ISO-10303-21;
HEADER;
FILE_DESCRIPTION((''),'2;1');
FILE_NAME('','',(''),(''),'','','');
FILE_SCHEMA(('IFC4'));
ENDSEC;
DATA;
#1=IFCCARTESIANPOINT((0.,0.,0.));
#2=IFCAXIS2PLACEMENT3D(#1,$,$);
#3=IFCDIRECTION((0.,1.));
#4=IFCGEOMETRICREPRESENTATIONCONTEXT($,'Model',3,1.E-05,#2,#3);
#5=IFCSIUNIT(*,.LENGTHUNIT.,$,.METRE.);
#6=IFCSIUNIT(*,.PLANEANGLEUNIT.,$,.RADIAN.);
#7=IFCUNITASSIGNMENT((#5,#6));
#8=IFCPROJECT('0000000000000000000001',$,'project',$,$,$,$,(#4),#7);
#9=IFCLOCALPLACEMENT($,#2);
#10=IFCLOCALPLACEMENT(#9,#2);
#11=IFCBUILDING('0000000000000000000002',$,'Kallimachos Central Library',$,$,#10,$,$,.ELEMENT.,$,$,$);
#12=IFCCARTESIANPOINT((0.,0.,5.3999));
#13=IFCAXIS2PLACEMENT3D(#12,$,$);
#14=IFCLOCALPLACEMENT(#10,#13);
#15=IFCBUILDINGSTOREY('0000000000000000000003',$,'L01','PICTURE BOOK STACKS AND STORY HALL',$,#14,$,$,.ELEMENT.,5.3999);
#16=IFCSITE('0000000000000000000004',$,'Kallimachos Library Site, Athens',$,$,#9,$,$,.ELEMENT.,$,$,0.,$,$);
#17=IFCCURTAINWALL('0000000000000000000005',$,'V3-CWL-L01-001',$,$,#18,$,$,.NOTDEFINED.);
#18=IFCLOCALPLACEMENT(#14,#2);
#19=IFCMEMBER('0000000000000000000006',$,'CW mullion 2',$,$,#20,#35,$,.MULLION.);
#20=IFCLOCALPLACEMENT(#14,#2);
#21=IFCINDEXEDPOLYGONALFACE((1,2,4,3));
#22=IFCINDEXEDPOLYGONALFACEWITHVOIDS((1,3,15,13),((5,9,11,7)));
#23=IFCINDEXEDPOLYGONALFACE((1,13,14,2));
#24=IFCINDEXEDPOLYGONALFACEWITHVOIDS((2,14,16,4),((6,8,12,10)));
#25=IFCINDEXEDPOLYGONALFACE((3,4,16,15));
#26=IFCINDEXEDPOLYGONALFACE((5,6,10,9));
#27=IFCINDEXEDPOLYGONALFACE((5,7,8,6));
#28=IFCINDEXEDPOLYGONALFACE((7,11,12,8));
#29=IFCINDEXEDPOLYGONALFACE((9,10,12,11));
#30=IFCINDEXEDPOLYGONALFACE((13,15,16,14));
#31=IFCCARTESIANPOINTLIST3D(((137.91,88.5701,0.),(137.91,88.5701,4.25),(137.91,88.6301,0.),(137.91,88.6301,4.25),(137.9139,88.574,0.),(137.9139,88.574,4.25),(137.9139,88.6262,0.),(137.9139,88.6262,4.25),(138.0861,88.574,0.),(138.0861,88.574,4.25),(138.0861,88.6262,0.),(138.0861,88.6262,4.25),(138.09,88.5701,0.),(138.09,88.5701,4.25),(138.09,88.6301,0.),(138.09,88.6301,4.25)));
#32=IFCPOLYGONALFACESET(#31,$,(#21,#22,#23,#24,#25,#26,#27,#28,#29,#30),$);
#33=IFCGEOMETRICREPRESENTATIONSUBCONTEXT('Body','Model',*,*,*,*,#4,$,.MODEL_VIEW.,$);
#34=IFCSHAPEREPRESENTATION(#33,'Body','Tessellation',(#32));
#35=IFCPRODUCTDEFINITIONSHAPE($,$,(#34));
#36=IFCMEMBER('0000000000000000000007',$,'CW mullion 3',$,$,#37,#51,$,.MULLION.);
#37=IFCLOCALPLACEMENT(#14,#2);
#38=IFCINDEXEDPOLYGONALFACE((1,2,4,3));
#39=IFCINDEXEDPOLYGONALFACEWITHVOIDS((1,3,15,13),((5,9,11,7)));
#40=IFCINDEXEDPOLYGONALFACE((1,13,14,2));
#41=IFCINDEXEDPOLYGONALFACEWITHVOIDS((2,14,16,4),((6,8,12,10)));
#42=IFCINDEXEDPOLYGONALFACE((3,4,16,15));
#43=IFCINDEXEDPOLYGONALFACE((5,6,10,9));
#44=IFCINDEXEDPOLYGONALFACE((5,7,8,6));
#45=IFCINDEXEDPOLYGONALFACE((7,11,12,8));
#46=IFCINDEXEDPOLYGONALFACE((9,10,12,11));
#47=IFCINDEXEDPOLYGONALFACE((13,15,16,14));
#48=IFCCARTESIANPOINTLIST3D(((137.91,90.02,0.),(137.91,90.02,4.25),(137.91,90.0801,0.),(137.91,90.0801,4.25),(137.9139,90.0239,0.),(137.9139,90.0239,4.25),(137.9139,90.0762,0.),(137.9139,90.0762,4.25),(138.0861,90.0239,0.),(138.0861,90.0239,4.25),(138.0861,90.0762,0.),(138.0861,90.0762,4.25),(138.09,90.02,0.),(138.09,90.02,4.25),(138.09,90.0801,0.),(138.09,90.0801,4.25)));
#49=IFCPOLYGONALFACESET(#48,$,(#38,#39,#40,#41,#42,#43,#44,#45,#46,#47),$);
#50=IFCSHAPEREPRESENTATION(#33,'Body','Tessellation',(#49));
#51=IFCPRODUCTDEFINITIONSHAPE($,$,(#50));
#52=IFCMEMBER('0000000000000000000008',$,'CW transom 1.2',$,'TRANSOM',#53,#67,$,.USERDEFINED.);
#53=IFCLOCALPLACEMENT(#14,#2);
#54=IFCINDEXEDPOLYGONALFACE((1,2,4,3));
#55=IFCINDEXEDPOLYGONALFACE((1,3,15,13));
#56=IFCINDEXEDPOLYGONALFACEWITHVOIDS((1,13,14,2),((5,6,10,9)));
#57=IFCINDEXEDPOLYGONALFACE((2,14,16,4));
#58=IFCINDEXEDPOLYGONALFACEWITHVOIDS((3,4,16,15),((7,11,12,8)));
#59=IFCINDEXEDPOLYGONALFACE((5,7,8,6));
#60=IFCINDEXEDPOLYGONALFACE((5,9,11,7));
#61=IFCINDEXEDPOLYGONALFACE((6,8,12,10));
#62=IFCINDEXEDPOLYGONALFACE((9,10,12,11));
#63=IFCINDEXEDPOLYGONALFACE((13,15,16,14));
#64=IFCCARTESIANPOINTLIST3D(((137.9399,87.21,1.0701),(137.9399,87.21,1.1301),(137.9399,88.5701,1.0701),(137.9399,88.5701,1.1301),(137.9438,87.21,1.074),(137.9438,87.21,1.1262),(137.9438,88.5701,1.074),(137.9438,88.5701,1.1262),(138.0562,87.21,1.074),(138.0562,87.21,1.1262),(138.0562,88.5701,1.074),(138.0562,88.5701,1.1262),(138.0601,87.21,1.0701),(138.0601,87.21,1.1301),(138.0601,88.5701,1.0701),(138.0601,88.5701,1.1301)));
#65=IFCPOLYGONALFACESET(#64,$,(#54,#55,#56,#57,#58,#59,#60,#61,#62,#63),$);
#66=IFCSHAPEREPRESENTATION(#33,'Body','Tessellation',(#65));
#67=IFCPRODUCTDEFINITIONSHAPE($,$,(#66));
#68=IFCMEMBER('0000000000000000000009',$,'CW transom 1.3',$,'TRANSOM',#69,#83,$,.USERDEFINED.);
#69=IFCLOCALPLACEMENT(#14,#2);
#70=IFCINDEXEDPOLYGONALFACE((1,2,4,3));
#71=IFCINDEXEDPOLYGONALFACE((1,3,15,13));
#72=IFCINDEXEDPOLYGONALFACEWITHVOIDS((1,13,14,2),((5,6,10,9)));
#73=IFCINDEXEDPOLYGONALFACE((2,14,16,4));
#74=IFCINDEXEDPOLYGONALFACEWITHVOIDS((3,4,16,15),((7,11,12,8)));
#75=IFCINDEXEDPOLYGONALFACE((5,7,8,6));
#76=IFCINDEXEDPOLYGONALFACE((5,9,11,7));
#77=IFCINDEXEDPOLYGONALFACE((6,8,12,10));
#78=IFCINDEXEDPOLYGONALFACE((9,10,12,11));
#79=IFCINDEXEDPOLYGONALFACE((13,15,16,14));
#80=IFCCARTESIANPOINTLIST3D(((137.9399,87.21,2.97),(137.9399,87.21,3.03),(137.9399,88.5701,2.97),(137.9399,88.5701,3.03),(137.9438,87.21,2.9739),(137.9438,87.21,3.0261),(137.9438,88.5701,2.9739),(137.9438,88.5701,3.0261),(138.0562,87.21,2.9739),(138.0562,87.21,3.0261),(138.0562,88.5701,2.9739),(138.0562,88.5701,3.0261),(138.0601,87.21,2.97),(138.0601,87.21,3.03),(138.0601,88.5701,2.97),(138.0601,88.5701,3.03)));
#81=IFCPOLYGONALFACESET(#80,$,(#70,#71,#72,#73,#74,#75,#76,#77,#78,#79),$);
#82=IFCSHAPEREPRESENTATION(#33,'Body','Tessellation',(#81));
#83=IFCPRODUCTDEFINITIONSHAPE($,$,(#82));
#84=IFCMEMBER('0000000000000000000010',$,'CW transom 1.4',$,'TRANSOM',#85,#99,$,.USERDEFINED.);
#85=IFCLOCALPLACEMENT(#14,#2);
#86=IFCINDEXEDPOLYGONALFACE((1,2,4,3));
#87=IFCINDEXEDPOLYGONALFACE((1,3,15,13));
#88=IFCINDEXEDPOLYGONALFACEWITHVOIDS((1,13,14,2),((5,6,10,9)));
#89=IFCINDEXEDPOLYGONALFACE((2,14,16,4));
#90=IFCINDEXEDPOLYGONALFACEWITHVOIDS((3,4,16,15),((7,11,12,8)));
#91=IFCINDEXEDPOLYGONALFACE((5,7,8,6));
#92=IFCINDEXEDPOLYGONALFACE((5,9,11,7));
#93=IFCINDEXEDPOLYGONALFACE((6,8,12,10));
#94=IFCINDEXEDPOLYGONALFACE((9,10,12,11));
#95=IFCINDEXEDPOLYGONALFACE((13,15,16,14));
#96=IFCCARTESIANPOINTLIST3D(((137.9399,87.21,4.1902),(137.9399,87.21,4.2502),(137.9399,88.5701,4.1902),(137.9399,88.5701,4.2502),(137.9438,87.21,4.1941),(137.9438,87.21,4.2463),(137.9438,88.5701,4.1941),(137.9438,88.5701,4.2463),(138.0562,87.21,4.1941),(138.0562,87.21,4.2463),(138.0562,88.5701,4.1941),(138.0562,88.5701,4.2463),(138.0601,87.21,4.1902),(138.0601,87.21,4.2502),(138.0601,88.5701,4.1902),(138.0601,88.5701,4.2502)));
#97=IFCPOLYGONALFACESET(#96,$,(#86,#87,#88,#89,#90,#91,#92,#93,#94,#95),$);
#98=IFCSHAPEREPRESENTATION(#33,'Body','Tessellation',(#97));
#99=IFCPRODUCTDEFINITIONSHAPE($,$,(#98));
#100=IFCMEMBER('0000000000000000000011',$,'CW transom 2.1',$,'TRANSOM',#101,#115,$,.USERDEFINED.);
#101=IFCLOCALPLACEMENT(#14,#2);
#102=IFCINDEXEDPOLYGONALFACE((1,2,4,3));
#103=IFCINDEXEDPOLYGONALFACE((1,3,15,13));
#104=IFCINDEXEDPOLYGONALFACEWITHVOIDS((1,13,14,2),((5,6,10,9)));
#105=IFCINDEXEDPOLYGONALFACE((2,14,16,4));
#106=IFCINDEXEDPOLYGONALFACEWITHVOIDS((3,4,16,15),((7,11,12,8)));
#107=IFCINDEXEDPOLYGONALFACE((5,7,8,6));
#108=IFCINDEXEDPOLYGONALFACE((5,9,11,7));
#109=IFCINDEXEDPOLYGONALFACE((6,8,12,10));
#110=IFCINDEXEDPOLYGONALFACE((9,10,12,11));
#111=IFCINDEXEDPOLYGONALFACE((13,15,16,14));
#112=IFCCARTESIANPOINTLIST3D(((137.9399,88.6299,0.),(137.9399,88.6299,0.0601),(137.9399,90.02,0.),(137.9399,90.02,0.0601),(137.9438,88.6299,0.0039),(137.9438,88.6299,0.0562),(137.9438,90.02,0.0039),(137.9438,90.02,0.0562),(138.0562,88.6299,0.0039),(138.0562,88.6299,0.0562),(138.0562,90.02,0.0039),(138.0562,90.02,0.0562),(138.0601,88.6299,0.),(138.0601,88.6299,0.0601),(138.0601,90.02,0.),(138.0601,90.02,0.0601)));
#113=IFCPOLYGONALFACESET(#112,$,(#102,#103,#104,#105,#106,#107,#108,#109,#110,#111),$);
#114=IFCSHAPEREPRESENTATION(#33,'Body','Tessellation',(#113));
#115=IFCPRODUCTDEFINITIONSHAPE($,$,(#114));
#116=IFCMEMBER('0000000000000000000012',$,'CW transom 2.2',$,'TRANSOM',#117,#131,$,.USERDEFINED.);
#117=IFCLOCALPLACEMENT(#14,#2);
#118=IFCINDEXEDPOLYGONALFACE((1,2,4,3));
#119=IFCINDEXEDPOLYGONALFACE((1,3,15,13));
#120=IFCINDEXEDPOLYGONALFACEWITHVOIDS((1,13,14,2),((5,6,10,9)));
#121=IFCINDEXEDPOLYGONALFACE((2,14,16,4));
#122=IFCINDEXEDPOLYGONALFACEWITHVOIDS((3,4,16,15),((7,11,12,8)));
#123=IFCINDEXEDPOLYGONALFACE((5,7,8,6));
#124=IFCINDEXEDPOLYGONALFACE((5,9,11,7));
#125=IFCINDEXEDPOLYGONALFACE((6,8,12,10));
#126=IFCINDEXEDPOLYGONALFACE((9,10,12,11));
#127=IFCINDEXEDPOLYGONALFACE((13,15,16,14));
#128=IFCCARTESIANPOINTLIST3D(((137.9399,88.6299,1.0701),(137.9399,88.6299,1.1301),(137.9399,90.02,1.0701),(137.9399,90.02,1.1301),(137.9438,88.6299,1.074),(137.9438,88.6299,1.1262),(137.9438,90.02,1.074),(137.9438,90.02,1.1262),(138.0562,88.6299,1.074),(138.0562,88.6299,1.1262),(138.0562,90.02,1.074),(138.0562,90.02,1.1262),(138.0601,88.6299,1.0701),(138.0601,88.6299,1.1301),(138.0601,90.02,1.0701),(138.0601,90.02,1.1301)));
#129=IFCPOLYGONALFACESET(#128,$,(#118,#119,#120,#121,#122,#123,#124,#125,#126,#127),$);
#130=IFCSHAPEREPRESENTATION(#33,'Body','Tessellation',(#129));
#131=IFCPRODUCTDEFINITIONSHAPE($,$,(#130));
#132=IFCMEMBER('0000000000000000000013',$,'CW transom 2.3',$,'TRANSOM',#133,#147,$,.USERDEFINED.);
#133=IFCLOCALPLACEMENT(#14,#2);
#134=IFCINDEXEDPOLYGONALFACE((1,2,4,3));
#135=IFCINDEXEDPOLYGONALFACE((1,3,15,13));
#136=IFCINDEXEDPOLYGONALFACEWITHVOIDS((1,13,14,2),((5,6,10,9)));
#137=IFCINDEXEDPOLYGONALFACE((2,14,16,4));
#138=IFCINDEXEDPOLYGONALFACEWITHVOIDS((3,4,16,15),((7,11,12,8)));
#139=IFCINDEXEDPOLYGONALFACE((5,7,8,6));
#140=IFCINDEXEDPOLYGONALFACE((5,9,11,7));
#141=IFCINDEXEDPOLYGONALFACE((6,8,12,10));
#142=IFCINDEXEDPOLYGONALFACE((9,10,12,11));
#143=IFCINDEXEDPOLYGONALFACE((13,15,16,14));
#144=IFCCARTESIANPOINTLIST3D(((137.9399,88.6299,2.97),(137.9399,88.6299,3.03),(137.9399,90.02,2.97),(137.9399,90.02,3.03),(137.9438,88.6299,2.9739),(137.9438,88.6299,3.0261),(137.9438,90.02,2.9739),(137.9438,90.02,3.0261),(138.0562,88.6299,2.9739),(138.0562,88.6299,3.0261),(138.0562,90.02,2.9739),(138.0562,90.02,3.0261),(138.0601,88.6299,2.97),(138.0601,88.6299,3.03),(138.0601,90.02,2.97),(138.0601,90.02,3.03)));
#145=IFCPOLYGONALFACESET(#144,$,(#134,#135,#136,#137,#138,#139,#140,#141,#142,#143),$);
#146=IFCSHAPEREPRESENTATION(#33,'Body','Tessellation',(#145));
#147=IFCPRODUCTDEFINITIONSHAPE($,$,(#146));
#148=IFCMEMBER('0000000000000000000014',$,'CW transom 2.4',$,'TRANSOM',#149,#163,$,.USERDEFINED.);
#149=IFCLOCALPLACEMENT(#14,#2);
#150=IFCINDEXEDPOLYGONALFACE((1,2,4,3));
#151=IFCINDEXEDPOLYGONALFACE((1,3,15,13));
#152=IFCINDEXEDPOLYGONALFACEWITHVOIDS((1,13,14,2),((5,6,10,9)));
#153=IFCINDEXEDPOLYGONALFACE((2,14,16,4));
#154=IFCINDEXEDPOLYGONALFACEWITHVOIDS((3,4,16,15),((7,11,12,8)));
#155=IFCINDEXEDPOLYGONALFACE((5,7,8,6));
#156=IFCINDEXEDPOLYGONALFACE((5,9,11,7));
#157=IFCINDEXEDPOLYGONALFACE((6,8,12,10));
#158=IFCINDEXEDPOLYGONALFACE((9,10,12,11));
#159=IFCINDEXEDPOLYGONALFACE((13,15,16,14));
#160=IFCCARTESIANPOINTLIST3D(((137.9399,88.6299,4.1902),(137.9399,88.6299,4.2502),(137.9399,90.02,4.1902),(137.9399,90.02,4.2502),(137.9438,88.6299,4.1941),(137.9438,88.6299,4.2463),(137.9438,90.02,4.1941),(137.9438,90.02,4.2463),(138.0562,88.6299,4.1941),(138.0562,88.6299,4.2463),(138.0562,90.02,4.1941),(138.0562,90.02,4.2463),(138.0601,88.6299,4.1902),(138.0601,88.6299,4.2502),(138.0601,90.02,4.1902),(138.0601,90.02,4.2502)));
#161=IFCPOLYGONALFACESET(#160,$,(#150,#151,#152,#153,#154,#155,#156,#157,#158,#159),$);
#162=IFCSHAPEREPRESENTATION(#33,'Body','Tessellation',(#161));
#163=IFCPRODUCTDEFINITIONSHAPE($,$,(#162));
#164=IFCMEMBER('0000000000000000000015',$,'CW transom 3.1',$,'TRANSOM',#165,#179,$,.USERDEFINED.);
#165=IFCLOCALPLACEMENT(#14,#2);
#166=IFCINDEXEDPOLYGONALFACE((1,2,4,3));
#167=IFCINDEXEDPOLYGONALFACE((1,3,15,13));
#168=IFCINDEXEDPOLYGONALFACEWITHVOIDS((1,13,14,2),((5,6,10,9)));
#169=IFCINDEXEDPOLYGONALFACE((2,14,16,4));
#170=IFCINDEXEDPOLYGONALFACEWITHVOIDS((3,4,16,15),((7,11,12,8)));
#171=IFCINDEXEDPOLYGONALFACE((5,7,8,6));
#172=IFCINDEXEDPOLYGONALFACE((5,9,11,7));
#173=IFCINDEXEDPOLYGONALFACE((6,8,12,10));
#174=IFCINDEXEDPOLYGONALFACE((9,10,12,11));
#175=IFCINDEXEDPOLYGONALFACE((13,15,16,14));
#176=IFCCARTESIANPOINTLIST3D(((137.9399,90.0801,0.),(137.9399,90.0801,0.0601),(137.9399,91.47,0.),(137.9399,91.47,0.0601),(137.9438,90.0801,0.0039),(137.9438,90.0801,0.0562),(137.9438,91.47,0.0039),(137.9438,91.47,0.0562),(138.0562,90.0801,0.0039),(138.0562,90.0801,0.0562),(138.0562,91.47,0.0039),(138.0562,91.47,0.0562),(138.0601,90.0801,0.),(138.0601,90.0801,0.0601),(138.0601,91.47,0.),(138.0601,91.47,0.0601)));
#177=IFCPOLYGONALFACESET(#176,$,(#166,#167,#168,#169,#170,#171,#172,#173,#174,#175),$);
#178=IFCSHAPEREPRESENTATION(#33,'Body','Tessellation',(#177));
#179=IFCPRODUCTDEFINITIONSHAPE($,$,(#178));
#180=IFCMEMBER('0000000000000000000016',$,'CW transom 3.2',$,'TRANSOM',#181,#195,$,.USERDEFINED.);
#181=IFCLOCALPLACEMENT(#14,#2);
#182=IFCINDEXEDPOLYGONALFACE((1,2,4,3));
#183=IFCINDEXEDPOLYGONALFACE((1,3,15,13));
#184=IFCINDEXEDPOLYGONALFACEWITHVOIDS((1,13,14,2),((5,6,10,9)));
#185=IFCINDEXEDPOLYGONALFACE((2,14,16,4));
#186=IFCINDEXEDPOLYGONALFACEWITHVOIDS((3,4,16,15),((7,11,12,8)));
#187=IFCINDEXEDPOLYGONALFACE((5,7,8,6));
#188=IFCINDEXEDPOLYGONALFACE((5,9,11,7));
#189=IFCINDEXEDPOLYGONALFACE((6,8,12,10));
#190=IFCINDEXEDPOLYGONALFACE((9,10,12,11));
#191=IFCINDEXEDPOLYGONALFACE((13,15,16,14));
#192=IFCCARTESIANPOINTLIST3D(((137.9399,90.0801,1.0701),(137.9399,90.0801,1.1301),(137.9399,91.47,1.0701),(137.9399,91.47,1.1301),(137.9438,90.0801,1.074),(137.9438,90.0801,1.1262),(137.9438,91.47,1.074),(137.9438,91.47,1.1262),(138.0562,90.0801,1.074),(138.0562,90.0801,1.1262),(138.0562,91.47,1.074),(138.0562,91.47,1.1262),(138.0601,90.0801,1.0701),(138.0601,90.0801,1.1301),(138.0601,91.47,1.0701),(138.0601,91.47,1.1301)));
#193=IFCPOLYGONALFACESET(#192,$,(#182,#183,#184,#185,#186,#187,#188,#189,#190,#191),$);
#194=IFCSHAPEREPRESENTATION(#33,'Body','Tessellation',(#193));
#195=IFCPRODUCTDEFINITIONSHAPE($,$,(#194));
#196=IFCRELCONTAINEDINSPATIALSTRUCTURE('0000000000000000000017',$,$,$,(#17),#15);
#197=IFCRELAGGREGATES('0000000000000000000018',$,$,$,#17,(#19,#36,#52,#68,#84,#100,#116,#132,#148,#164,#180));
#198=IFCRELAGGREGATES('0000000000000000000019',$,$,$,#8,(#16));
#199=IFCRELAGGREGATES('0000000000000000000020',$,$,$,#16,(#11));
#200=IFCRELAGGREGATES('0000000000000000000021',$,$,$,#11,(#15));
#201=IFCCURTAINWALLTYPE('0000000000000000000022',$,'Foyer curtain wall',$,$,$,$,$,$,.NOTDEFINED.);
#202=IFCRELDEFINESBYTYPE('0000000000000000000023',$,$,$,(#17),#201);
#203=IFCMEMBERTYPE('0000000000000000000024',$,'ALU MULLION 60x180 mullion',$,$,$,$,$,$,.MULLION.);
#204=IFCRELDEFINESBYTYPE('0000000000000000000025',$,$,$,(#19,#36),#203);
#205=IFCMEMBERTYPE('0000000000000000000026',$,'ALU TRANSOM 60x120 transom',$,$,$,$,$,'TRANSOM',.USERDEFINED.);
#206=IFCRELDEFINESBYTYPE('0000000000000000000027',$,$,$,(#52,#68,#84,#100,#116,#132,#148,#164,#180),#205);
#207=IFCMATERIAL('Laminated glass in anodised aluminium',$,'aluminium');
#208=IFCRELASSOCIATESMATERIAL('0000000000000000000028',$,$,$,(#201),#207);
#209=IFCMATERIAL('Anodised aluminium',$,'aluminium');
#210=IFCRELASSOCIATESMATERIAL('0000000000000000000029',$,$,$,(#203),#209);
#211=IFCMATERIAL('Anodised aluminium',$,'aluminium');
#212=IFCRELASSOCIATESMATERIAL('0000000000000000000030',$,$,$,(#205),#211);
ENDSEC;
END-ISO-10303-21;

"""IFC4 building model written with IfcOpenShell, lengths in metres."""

from ifc_helpers import new_model, si_unit, direction, frame, origin, origin_2d, place, context, subcontext, project, spatial, hollow_rectangle, extrude, material, material_profile, profile_set, type_object, element, aggregate, save


model = new_model("IFC4")

# Units and contexts
model_context = context("Model", 3, precision=1e-05, world=origin(), true_north=direction((0.0, 1.0)))
body_context = subcontext(model_context, "Body", "Model", "MODEL_VIEW")
ifc_project = project(units=[si_unit("LENGTHUNIT", "METRE"), si_unit("PLANEANGLEUNIT", "RADIAN")], contexts=[model_context])

# Site, building, storey
site_placement = place(None, origin())
site = spatial("IfcSite", under=ifc_project, at=site_placement, Name="Kallimachos Library Site, Athens", CompositionType="ELEMENT", RefElevation=0.0)
building_placement = place(site_placement, origin())
building = spatial("IfcBuilding", under=site, at=building_placement, Name="Kallimachos Central Library", CompositionType="ELEMENT")
storey_placement = place(building_placement, frame((0.0, 0.0, 5.3999)))
storey = spatial("IfcBuildingStorey", under=building, at=storey_placement, Name="L01", Description="PICTURE BOOK STACKS AND STORY HALL", CompositionType="ELEMENT", Elevation=5.3999)

# Curtain wall, members
ifc_material_1 = material(Name="Laminated glass in anodised aluminium", Category="aluminium")
curtain_wall_type = type_object("IfcCurtainWallType", Name="Foyer curtain wall", PredefinedType="NOTDEFINED", material=ifc_material_1)
curtain_wall_placement = place(storey_placement, origin())
curtain_wall = element("IfcCurtainWall", 1, at=curtain_wall_placement, inside=storey, type_object=curtain_wall_type, Name="V3-CWL-L01-001", PredefinedType="NOTDEFINED")
ifc_material_2 = material(Name="Anodised aluminium", Category="aluminium")
ifc_material_profile_1 = material_profile(ifc_material_2, hollow_rectangle(XDim=0.0601, YDim=0.1799, WallThickness=0.0039, at=origin_2d()), Name="ALU MULLION 60x180")
ifc_profile_set_1 = profile_set([ifc_material_profile_1], Name="Anodised aluminium")
member_type_1 = type_object("IfcMemberType", Name="ALU MULLION 60x180 mullion", PredefinedType="MULLION", material=ifc_profile_set_1)
member_1_placement = place(storey_placement, frame((138.0, 88.6001, 0.0), z_axis=(0.0, 0.0, 1.0), x_axis=(0.0, 1.0, 0.0)))
member_1 = element("IfcMember", 2, at=member_1_placement, type_object=member_type_1, Name="CW mullion 2", PredefinedType="MULLION", context=body_context, shape_type="SweptSolid", body=[
    extrude(hollow_rectangle(XDim=0.0601, YDim=0.1799, WallThickness=0.0039, at=origin_2d()), origin(), (0.0, 0.0, 1.0), 4.25),
])
member_2_placement = place(storey_placement, frame((138.0, 90.05, 0.0), z_axis=(0.0, 0.0, 1.0), x_axis=(0.0, 1.0, 0.0)))
member_2 = element("IfcMember", 3, at=member_2_placement, type_object=member_type_1, Name="CW mullion 3", PredefinedType="MULLION", context=body_context, shape_type="SweptSolid", body=[
    extrude(hollow_rectangle(XDim=0.0601, YDim=0.1799, WallThickness=0.0039, at=origin_2d()), origin(), (0.0, 0.0, 1.0), 4.25),
])
ifc_material_3 = material(Name="Anodised aluminium", Category="aluminium")
ifc_material_profile_2 = material_profile(ifc_material_3, hollow_rectangle(XDim=0.0601, YDim=0.1201, WallThickness=0.0039, at=origin_2d()), Name="ALU TRANSOM 60x120")
ifc_profile_set_2 = profile_set([ifc_material_profile_2], Name="Anodised aluminium")
member_type_2 = type_object("IfcMemberType", Name="ALU TRANSOM 60x120 transom", ElementType="TRANSOM", PredefinedType="USERDEFINED", material=ifc_profile_set_2)
member_3_placement = place(storey_placement, frame((138.0, 87.21, 1.1001), z_axis=(0.0, 1.0, 0.0), x_axis=(0.0, 0.0, 1.0)))
member_3 = element("IfcMember", 4, at=member_3_placement, type_object=member_type_2, Name="CW transom 1.2", ObjectType="TRANSOM", PredefinedType="USERDEFINED", context=body_context, shape_type="SweptSolid", body=[
    extrude(hollow_rectangle(XDim=0.0601, YDim=0.1201, WallThickness=0.0039, at=origin_2d()), origin(), (0.0, 0.0, 1.0), 1.3601),
])
member_4_placement = place(storey_placement, frame((138.0, 87.21, 3.0), z_axis=(0.0, 1.0, 0.0), x_axis=(0.0, 0.0, 1.0)))
member_4 = element("IfcMember", 5, at=member_4_placement, type_object=member_type_2, Name="CW transom 1.3", ObjectType="TRANSOM", PredefinedType="USERDEFINED", context=body_context, shape_type="SweptSolid", body=[
    extrude(hollow_rectangle(XDim=0.0601, YDim=0.1201, WallThickness=0.0039, at=origin_2d()), origin(), (0.0, 0.0, 1.0), 1.3601),
])
member_5_placement = place(storey_placement, frame((138.0, 87.21, 4.2202), z_axis=(0.0, 1.0, 0.0), x_axis=(0.0, 0.0, 1.0)))
member_5 = element("IfcMember", 6, at=member_5_placement, type_object=member_type_2, Name="CW transom 1.4", ObjectType="TRANSOM", PredefinedType="USERDEFINED", context=body_context, shape_type="SweptSolid", body=[
    extrude(hollow_rectangle(XDim=0.0601, YDim=0.1201, WallThickness=0.0039, at=origin_2d()), origin(), (0.0, 0.0, 1.0), 1.3601),
])
member_6_placement = place(storey_placement, frame((138.0, 88.6299, 0.03), z_axis=(0.0, 1.0, 0.0), x_axis=(0.0, 0.0, 1.0)))
member_6 = element("IfcMember", 7, at=member_6_placement, type_object=member_type_2, Name="CW transom 2.1", ObjectType="TRANSOM", PredefinedType="USERDEFINED", context=body_context, shape_type="SweptSolid", body=[
    extrude(hollow_rectangle(XDim=0.0601, YDim=0.1201, WallThickness=0.0039, at=origin_2d()), origin(), (0.0, 0.0, 1.0), 1.3901),
])
member_7_placement = place(storey_placement, frame((138.0, 88.6299, 1.1001), z_axis=(0.0, 1.0, 0.0), x_axis=(0.0, 0.0, 1.0)))
member_7 = element("IfcMember", 8, at=member_7_placement, type_object=member_type_2, Name="CW transom 2.2", ObjectType="TRANSOM", PredefinedType="USERDEFINED", context=body_context, shape_type="SweptSolid", body=[
    extrude(hollow_rectangle(XDim=0.0601, YDim=0.1201, WallThickness=0.0039, at=origin_2d()), origin(), (0.0, 0.0, 1.0), 1.3901),
])
member_8_placement = place(storey_placement, frame((138.0, 88.6299, 3.0), z_axis=(0.0, 1.0, 0.0), x_axis=(0.0, 0.0, 1.0)))
member_8 = element("IfcMember", 9, at=member_8_placement, type_object=member_type_2, Name="CW transom 2.3", ObjectType="TRANSOM", PredefinedType="USERDEFINED", context=body_context, shape_type="SweptSolid", body=[
    extrude(hollow_rectangle(XDim=0.0601, YDim=0.1201, WallThickness=0.0039, at=origin_2d()), origin(), (0.0, 0.0, 1.0), 1.3901),
])
member_9_placement = place(storey_placement, frame((138.0, 88.6299, 4.2202), z_axis=(0.0, 1.0, 0.0), x_axis=(0.0, 0.0, 1.0)))
member_9 = element("IfcMember", 10, at=member_9_placement, type_object=member_type_2, Name="CW transom 2.4", ObjectType="TRANSOM", PredefinedType="USERDEFINED", context=body_context, shape_type="SweptSolid", body=[
    extrude(hollow_rectangle(XDim=0.0601, YDim=0.1201, WallThickness=0.0039, at=origin_2d()), origin(), (0.0, 0.0, 1.0), 1.3901),
])
member_10_placement = place(storey_placement, frame((138.0, 90.0801, 0.03), z_axis=(0.0, 1.0, 0.0), x_axis=(0.0, 0.0, 1.0)))
member_10 = element("IfcMember", 11, at=member_10_placement, type_object=member_type_2, Name="CW transom 3.1", ObjectType="TRANSOM", PredefinedType="USERDEFINED", context=body_context, shape_type="SweptSolid", body=[
    extrude(hollow_rectangle(XDim=0.0601, YDim=0.1201, WallThickness=0.0039, at=origin_2d()), origin(), (0.0, 0.0, 1.0), 1.3899),
])
member_11_placement = place(storey_placement, frame((138.0, 90.0801, 1.1001), z_axis=(0.0, 1.0, 0.0), x_axis=(0.0, 0.0, 1.0)))
member_11 = element("IfcMember", 12, at=member_11_placement, type_object=member_type_2, Name="CW transom 3.2", ObjectType="TRANSOM", PredefinedType="USERDEFINED", context=body_context, shape_type="SweptSolid", body=[
    extrude(hollow_rectangle(XDim=0.0601, YDim=0.1201, WallThickness=0.0039, at=origin_2d()), origin(), (0.0, 0.0, 1.0), 1.3899),
])
aggregate(curtain_wall, [member_1, member_2, member_3, member_4, member_5, member_6, member_7, member_8, member_9, member_10, member_11])

save(model, "model.ifc")
